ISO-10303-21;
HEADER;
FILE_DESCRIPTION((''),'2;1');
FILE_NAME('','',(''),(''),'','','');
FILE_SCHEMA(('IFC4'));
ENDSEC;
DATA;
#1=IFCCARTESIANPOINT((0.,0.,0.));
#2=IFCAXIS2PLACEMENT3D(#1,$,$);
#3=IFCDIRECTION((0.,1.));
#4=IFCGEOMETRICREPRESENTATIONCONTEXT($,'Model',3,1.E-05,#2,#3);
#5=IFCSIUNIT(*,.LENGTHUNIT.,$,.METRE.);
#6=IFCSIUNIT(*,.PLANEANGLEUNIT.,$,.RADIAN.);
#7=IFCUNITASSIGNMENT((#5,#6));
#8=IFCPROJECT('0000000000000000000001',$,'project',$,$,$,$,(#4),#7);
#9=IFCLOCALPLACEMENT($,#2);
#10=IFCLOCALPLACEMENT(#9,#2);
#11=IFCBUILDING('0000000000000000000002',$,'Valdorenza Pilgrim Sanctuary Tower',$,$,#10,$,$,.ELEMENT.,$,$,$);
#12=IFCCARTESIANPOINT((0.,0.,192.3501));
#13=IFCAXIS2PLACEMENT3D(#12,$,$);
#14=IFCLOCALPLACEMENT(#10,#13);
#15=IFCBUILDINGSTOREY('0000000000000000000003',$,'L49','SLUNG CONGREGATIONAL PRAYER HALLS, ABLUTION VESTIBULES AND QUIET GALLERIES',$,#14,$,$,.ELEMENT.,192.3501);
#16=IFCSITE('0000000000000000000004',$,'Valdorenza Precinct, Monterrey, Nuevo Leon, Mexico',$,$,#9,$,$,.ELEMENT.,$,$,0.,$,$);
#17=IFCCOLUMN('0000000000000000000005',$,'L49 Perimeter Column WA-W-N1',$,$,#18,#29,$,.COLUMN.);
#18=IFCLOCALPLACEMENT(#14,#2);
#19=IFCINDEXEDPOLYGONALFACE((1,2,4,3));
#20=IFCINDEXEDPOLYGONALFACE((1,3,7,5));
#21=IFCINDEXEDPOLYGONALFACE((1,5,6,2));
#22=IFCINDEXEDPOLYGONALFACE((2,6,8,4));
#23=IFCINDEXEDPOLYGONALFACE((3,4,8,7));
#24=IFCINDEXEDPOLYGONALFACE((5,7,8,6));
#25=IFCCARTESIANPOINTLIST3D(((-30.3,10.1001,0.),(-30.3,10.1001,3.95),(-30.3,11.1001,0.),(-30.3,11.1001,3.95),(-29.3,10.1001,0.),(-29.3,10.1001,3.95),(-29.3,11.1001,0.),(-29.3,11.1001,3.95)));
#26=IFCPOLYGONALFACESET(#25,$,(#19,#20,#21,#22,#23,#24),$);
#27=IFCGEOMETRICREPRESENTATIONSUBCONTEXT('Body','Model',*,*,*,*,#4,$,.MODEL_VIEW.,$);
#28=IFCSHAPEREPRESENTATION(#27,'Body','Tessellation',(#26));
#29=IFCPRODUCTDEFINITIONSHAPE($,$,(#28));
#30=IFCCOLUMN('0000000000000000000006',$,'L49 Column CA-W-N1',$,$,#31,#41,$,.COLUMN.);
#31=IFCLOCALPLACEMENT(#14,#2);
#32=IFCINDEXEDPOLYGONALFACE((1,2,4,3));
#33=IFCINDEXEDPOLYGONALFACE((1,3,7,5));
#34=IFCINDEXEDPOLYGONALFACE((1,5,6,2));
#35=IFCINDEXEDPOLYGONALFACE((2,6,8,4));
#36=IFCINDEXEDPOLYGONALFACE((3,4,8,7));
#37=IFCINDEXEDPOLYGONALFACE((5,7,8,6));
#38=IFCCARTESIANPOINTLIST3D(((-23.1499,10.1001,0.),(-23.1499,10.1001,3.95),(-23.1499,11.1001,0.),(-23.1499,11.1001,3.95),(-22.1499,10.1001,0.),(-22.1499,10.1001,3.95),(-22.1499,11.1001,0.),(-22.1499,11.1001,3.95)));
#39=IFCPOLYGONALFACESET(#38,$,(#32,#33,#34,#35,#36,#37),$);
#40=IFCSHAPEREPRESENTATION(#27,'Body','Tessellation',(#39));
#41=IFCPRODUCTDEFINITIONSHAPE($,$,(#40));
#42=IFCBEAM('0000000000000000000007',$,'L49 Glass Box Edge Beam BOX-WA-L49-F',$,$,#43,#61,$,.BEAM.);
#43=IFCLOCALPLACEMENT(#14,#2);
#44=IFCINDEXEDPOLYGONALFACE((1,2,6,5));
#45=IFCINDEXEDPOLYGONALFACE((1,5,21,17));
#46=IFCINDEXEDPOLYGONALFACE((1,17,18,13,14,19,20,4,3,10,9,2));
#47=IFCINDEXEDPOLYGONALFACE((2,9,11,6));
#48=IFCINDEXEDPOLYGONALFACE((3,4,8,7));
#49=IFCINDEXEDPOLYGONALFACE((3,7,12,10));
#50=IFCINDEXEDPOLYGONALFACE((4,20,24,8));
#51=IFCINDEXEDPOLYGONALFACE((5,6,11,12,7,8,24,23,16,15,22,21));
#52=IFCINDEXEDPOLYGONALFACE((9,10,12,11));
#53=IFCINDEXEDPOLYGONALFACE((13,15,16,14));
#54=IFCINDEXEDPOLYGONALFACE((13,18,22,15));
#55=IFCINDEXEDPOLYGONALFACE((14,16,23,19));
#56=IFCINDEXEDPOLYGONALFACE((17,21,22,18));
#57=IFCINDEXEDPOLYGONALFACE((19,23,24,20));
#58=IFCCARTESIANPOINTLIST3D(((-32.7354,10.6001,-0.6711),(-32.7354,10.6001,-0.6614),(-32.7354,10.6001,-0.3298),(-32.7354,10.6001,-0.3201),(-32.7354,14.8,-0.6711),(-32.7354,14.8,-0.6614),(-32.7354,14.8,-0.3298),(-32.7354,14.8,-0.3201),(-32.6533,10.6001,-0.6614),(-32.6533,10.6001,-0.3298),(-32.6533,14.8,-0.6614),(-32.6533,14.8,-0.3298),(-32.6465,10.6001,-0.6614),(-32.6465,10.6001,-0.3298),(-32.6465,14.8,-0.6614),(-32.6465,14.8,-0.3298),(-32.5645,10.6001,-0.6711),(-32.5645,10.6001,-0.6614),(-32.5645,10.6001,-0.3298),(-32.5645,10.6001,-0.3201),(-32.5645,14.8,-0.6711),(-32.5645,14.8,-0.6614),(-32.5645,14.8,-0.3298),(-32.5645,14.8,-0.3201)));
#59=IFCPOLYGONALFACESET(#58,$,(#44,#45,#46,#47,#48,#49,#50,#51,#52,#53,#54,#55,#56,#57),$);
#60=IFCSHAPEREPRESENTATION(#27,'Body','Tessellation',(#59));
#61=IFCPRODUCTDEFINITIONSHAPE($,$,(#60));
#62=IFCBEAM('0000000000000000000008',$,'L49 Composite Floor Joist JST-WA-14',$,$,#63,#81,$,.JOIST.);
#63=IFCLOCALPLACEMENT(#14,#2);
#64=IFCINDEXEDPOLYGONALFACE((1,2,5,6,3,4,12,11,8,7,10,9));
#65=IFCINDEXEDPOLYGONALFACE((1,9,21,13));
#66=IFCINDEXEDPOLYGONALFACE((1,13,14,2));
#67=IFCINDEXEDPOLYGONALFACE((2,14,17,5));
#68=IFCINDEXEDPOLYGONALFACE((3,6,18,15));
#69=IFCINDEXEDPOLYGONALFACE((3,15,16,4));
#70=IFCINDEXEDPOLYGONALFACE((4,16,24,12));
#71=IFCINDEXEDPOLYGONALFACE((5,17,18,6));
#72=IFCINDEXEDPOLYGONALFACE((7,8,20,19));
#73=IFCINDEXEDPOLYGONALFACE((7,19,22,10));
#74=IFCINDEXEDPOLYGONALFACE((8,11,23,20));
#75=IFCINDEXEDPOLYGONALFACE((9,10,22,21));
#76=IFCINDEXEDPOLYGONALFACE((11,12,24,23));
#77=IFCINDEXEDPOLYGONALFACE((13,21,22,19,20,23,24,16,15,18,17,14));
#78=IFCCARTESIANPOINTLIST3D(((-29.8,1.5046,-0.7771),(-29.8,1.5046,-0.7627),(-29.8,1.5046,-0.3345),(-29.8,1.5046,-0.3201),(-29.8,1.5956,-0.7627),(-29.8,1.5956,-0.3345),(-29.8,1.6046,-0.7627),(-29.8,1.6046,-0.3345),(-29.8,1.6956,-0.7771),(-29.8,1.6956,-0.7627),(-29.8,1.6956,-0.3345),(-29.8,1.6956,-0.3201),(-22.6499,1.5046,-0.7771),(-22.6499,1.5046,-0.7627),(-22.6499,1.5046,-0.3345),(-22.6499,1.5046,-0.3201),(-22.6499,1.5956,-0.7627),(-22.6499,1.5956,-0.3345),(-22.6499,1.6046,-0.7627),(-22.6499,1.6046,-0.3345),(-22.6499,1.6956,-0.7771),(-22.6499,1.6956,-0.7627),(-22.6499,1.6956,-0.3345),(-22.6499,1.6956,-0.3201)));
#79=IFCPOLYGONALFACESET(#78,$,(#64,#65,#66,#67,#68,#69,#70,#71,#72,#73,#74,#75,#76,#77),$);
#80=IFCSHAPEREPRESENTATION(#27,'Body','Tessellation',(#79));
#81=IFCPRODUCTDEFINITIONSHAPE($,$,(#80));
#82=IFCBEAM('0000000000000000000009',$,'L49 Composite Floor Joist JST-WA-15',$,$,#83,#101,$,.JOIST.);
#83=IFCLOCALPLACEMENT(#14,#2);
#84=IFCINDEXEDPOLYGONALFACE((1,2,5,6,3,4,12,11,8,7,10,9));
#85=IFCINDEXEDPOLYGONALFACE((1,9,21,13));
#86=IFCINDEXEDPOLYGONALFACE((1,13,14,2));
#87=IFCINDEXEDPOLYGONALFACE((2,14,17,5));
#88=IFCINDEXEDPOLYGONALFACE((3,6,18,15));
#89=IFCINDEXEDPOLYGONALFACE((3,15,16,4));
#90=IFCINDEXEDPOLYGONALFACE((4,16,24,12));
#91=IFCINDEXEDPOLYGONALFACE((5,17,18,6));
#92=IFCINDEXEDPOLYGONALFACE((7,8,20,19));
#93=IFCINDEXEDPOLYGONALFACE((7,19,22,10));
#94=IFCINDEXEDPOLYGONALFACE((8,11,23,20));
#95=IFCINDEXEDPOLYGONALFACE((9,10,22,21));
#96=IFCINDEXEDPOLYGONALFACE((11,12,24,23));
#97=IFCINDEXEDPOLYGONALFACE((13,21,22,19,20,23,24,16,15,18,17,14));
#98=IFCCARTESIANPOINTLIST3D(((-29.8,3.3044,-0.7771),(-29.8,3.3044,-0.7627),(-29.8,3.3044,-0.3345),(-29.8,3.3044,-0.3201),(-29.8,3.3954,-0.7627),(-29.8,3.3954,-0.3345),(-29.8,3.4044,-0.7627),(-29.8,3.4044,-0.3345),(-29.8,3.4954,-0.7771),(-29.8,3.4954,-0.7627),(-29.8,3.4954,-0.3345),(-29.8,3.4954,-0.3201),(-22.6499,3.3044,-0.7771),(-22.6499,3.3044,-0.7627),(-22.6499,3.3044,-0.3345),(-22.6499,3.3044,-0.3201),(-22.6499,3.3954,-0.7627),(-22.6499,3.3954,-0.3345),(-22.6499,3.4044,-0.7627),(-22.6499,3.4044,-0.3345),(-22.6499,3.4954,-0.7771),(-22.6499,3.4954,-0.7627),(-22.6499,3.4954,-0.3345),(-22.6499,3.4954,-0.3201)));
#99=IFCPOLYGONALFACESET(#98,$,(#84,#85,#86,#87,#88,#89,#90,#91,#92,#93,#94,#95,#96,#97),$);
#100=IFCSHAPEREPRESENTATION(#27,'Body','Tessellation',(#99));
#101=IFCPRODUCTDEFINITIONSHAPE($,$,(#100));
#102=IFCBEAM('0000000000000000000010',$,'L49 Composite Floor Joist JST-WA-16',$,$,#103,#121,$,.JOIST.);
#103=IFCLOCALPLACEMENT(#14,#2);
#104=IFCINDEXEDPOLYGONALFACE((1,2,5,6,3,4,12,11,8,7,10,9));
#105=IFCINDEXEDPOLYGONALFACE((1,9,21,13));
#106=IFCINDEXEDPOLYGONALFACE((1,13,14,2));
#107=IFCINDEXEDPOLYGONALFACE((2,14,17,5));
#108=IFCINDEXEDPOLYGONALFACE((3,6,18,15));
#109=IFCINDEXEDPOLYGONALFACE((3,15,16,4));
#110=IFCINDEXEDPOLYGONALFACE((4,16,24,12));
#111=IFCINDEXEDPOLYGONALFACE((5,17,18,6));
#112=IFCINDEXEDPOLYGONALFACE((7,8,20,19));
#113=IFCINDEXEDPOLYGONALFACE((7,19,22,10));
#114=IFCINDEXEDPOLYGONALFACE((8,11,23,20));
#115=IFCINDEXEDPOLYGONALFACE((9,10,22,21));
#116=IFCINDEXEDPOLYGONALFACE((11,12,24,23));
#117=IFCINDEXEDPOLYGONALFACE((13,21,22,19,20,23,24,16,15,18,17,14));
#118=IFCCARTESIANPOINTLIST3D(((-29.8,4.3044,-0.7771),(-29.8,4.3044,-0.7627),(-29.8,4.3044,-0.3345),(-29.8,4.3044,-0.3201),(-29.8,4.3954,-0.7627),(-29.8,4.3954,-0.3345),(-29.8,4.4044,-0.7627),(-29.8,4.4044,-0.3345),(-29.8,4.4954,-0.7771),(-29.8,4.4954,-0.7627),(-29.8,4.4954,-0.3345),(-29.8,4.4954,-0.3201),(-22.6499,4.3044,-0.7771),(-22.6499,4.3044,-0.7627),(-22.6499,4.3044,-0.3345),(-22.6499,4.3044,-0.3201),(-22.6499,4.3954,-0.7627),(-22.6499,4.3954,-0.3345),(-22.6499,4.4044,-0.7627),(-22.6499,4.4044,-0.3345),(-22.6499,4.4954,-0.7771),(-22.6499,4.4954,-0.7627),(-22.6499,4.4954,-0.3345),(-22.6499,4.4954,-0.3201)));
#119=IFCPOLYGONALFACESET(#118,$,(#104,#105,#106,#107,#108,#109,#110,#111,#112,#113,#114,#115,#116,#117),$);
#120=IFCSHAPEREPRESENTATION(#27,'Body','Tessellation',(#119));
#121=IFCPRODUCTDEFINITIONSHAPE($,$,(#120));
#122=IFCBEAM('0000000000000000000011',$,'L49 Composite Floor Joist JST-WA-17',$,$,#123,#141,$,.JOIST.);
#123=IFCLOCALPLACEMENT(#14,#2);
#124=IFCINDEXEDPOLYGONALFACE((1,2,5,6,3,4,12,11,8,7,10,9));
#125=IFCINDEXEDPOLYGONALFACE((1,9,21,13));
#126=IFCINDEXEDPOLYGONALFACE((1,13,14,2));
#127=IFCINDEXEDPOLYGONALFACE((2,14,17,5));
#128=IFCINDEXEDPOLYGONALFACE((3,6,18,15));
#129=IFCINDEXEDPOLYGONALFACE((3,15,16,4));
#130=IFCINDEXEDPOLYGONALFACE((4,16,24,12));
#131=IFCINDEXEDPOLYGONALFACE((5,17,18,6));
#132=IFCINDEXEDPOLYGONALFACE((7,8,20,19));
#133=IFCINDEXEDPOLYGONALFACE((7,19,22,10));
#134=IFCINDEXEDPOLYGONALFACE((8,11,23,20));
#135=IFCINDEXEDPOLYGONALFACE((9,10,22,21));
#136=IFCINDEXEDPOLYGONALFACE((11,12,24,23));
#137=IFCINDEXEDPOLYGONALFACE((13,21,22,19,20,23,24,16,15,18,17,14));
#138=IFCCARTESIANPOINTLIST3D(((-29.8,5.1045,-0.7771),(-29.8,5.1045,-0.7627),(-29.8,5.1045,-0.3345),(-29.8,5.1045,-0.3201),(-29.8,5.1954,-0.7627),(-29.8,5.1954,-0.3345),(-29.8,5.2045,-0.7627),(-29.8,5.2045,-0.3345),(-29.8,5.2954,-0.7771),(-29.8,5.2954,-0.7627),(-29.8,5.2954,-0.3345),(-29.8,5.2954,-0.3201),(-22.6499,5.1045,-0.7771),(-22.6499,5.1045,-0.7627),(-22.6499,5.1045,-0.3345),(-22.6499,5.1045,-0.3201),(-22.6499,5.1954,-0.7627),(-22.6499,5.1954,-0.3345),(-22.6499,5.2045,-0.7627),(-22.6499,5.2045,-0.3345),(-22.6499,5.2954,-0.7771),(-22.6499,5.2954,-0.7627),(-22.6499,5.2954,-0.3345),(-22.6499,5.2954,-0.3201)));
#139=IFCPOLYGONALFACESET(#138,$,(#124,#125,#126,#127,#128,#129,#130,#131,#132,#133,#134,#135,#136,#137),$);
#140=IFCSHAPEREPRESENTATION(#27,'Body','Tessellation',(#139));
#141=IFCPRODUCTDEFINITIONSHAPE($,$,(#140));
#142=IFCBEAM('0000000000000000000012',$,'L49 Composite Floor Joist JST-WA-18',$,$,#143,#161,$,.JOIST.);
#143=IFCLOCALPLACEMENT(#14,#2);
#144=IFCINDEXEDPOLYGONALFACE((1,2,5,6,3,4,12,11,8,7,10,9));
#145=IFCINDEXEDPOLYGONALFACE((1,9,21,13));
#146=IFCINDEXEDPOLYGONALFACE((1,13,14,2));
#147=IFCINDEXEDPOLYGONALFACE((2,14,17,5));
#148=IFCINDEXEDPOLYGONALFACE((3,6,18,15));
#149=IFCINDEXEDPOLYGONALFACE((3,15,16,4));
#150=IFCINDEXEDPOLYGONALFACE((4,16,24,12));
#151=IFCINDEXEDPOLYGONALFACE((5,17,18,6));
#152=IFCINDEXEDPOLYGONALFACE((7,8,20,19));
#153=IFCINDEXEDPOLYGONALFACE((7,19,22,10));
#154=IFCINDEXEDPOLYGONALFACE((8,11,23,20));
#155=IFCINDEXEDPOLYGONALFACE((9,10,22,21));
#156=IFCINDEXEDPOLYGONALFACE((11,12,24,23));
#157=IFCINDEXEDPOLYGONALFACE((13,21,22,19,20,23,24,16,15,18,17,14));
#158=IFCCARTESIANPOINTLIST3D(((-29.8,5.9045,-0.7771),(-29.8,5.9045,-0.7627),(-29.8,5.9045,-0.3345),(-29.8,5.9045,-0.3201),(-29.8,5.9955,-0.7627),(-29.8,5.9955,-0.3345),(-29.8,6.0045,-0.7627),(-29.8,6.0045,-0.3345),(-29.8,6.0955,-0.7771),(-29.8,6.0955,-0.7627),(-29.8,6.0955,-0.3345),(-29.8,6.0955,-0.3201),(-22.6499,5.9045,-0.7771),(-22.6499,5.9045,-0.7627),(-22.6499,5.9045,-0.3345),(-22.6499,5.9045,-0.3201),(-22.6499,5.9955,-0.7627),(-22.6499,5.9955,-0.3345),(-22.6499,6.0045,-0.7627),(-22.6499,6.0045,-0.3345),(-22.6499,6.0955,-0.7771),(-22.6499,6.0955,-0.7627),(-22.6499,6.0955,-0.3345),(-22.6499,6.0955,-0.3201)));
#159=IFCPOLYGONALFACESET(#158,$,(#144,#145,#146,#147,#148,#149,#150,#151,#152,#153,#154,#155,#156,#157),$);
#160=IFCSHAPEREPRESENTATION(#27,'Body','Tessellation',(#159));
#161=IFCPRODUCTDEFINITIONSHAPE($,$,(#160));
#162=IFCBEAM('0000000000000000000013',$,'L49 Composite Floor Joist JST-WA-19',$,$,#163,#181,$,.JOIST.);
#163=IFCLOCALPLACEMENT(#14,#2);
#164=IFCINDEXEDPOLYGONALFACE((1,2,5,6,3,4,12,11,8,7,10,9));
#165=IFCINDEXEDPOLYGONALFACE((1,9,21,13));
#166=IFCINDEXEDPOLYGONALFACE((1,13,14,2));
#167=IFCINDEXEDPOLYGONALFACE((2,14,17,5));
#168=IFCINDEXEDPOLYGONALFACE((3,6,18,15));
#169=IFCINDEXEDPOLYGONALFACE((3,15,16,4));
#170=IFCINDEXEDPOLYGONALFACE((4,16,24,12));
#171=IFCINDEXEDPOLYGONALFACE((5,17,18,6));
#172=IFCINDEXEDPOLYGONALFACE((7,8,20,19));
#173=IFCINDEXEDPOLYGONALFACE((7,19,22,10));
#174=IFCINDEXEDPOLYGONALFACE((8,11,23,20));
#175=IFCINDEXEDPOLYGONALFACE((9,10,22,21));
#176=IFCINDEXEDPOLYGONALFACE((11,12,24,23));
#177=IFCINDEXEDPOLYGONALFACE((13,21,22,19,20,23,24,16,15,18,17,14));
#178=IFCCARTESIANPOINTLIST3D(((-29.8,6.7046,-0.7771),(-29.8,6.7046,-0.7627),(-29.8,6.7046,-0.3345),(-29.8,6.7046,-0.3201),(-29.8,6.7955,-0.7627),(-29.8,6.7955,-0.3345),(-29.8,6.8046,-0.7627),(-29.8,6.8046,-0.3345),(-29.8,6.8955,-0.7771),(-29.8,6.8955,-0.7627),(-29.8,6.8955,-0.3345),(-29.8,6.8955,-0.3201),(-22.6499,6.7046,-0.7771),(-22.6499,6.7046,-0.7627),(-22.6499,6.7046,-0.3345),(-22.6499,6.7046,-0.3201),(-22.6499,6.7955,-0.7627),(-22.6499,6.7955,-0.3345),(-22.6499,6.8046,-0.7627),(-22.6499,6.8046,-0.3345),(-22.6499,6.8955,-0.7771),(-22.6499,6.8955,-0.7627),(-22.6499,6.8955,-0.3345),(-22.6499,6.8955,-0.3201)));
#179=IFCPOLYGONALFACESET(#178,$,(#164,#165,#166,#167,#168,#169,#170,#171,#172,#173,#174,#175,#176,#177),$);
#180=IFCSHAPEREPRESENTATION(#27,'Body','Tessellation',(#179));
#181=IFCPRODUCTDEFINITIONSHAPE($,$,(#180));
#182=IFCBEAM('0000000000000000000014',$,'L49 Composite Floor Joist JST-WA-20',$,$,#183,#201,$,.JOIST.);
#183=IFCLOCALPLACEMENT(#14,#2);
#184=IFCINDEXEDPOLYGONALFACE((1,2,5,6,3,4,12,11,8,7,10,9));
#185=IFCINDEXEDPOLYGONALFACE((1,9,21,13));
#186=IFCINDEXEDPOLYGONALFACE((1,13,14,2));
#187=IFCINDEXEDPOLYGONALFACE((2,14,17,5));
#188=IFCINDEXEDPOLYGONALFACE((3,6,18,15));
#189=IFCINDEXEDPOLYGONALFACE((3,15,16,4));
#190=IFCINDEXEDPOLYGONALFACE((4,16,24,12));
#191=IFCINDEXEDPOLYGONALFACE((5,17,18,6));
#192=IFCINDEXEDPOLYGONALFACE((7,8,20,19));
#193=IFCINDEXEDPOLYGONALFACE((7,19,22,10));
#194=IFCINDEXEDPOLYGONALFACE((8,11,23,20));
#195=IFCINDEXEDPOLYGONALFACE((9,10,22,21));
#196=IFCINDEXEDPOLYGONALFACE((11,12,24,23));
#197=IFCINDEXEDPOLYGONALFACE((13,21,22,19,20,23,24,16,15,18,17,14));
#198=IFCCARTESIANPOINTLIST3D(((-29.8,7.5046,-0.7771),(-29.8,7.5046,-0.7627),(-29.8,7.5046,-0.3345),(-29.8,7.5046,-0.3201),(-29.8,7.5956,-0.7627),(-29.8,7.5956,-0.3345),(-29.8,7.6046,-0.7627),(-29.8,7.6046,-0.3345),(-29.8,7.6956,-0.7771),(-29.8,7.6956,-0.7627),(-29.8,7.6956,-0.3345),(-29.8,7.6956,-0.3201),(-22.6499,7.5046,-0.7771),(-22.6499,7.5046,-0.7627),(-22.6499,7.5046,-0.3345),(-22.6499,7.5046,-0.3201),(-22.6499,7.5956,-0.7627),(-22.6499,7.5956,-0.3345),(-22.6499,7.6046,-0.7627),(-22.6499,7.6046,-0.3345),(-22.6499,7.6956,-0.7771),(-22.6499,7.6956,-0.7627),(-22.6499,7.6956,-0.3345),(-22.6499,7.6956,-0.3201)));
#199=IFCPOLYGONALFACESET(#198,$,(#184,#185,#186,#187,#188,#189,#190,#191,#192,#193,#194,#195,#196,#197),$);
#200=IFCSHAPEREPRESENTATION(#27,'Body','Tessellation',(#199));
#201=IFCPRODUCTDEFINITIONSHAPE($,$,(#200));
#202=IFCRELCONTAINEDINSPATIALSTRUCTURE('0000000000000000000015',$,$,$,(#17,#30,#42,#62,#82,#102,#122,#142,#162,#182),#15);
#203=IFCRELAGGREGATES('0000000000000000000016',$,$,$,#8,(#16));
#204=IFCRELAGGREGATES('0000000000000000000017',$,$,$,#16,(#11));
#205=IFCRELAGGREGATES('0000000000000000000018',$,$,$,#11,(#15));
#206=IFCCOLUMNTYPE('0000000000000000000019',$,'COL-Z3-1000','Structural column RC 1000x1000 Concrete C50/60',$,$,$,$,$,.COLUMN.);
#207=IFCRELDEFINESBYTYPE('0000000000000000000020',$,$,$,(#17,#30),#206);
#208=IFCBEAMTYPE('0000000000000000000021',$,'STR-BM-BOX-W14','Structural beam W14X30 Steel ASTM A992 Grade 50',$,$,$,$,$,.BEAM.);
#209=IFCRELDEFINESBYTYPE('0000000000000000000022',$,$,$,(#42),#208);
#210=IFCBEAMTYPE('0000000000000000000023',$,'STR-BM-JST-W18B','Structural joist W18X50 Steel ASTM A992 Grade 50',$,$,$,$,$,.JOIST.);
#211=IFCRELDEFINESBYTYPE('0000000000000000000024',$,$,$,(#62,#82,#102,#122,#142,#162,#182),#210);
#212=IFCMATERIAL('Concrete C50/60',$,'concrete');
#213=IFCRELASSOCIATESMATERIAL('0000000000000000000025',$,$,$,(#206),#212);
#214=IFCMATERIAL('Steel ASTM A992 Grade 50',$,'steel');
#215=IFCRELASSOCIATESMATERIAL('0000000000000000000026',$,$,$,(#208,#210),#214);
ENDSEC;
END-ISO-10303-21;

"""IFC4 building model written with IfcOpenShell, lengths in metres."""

from ifc_helpers import new_model, si_unit, direction, frame, origin, origin_2d, place, context, subcontext, project, spatial, rectangle, i_section, extrude, source, transform, mapped, material, material_profile, profile_set, type_object, element, save


model = new_model("IFC4")

# Units and contexts
model_context = context("Model", 3, precision=1e-05, world=origin(), true_north=direction((0.0, 1.0)))
body_context = subcontext(model_context, "Body", "Model", "MODEL_VIEW")
ifc_project = project(units=[si_unit("LENGTHUNIT", "METRE"), si_unit("PLANEANGLEUNIT", "RADIAN")], contexts=[model_context])

# Site, building, storey
site_placement = place(None, origin())
site = spatial("IfcSite", under=ifc_project, at=site_placement, Name="Valdorenza Precinct, Monterrey, Nuevo Leon, Mexico", CompositionType="ELEMENT", RefElevation=0.0)
building_placement = place(site_placement, origin())
building = spatial("IfcBuilding", under=site, at=building_placement, Name="Valdorenza Pilgrim Sanctuary Tower", CompositionType="ELEMENT")
storey_placement = place(building_placement, frame((0.0, 0.0, 192.3501)))
storey = spatial("IfcBuildingStorey", under=building, at=storey_placement, Name="L49", Description="SLUNG CONGREGATIONAL PRAYER HALLS, ABLUTION VESTIBULES AND QUIET GALLERIES", CompositionType="ELEMENT", Elevation=192.3501)

# Columns
ifc_material_1 = material(Name="Concrete C50/60", Category="concrete")
ifc_material_profile_1 = material_profile(ifc_material_1, rectangle(XDim=1.0, YDim=1.0, at=origin_2d()), Name="RC 1000x1000")
ifc_profile_set_1 = profile_set([ifc_material_profile_1], Name="Concrete C50/60")
column_type = type_object("IfcColumnType", Name="COL-Z3-1000", Description="Structural column RC 1000x1000 Concrete C50/60", PredefinedType="COLUMN", material=ifc_profile_set_1)
shared_shape_1 = source(origin(), body_context, "Body", "SweptSolid", [
    extrude(rectangle(XDim=1.0, YDim=1.0, at=origin_2d()), origin(), (0.0, 0.0, 1.0), 3.95),
])
for number, where, z_axis, x_axis, name in (
    (1, (-29.8, 10.6001, 0.0), (0.0, 0.0, 1.0), (1.0, 0.0, 0.0), "L49 Perimeter Column WA-W-N1"),
    (2, (-22.6499, 10.6001, 0.0), (0.0, 0.0, 1.0), (1.0, 0.0, 0.0), "L49 Column CA-W-N1"),
):
    element("IfcColumn", number, at=place(storey_placement, frame(where, z_axis=z_axis, x_axis=x_axis)), inside=storey, type_object=column_type, Name=name, PredefinedType="COLUMN", context=body_context, shape_type="MappedRepresentation", body=[
        mapped(shared_shape_1, transform((0.0, 0.0, 0.0), x_axis=(1.0, 0.0, 0.0), y_axis=(0.0, 1.0, 0.0), z_axis=(0.0, 0.0, 1.0), scale=1.0)),
    ])

# Beams
ifc_material_2 = material(Name="Steel ASTM A992 Grade 50", Category="steel")
ifc_material_profile_2 = material_profile(ifc_material_2, i_section(OverallWidth=0.1709, OverallDepth=0.3511, WebThickness=0.0068, FlangeThickness=0.0098, at=origin_2d()), Name="W14X30")
ifc_profile_set_2 = profile_set([ifc_material_profile_2], Name="Steel ASTM A992 Grade 50")
beam_type_1 = type_object("IfcBeamType", Name="STR-BM-BOX-W14", Description="Structural beam W14X30 Steel ASTM A992 Grade 50", PredefinedType="BEAM", material=ifc_profile_set_2)
shared_shape_2 = source(origin(), body_context, "Body", "SweptSolid", [
    extrude(i_section(OverallWidth=0.1709, OverallDepth=0.3511, WebThickness=0.0068, FlangeThickness=0.0098, at=origin_2d()), origin(), (0.0, 0.0, 1.0), 4.2),
])
beam_1_placement = place(storey_placement, frame((-32.6499, 10.6001, -0.4956), z_axis=(0.0, 1.0, 0.0), x_axis=(-1.0, 0.0, 0.0)))
element("IfcBeam", 3, at=beam_1_placement, inside=storey, type_object=beam_type_1, Name="L49 Glass Box Edge Beam BOX-WA-L49-F", PredefinedType="BEAM", context=body_context, shape_type="MappedRepresentation", body=[
    mapped(shared_shape_2, transform((0.0, 0.0, 0.0), x_axis=(1.0, 0.0, 0.0), y_axis=(0.0, 1.0, 0.0), z_axis=(0.0, 0.0, 1.0), scale=1.0)),
])
ifc_material_profile_3 = material_profile(ifc_material_2, i_section(OverallWidth=0.1909, OverallDepth=0.457, WebThickness=0.009, FlangeThickness=0.0144, at=origin_2d()), Name="W18X50")
ifc_profile_set_3 = profile_set([ifc_material_profile_3], Name="Steel ASTM A992 Grade 50")
beam_type_2 = type_object("IfcBeamType", Name="STR-BM-JST-W18B", Description="Structural joist W18X50 Steel ASTM A992 Grade 50", PredefinedType="JOIST", material=ifc_profile_set_3)
shared_shape_3 = source(origin(), body_context, "Body", "SweptSolid", [
    extrude(i_section(OverallWidth=0.1909, OverallDepth=0.457, WebThickness=0.009, FlangeThickness=0.0144, at=origin_2d()), origin(), (0.0, 0.0, 1.0), 7.1501),
])
for number, where, z_axis, x_axis, name in (
    (4, (-29.8, 1.6001, -0.5486), (1.0, 0.0, 0.0), (0.0, 1.0, 0.0), "L49 Composite Floor Joist JST-WA-14"),
    (5, (-29.8, 3.3999, -0.5486), (1.0, 0.0, 0.0), (0.0, 1.0, 0.0), "L49 Composite Floor Joist JST-WA-15"),
    (6, (-29.8, 4.3999, -0.5486), (1.0, 0.0, 0.0), (0.0, 1.0, 0.0), "L49 Composite Floor Joist JST-WA-16"),
    (7, (-29.8, 5.2, -0.5486), (1.0, 0.0, 0.0), (0.0, 1.0, 0.0), "L49 Composite Floor Joist JST-WA-17"),
    (8, (-29.8, 6.0, -0.5486), (1.0, 0.0, 0.0), (0.0, 1.0, 0.0), "L49 Composite Floor Joist JST-WA-18"),
    (9, (-29.8, 6.8, -0.5486), (1.0, 0.0, 0.0), (0.0, 1.0, 0.0), "L49 Composite Floor Joist JST-WA-19"),
    (10, (-29.8, 7.6001, -0.5486), (1.0, 0.0, 0.0), (0.0, 1.0, 0.0), "L49 Composite Floor Joist JST-WA-20"),
):
    element("IfcBeam", number, at=place(storey_placement, frame(where, z_axis=z_axis, x_axis=x_axis)), inside=storey, type_object=beam_type_2, Name=name, PredefinedType="JOIST", context=body_context, shape_type="MappedRepresentation", body=[
        mapped(shared_shape_3, transform((0.0, 0.0, 0.0), x_axis=(1.0, 0.0, 0.0), y_axis=(0.0, 1.0, 0.0), z_axis=(0.0, 0.0, 1.0), scale=1.0)),
    ])

save(model, "model.ifc")
